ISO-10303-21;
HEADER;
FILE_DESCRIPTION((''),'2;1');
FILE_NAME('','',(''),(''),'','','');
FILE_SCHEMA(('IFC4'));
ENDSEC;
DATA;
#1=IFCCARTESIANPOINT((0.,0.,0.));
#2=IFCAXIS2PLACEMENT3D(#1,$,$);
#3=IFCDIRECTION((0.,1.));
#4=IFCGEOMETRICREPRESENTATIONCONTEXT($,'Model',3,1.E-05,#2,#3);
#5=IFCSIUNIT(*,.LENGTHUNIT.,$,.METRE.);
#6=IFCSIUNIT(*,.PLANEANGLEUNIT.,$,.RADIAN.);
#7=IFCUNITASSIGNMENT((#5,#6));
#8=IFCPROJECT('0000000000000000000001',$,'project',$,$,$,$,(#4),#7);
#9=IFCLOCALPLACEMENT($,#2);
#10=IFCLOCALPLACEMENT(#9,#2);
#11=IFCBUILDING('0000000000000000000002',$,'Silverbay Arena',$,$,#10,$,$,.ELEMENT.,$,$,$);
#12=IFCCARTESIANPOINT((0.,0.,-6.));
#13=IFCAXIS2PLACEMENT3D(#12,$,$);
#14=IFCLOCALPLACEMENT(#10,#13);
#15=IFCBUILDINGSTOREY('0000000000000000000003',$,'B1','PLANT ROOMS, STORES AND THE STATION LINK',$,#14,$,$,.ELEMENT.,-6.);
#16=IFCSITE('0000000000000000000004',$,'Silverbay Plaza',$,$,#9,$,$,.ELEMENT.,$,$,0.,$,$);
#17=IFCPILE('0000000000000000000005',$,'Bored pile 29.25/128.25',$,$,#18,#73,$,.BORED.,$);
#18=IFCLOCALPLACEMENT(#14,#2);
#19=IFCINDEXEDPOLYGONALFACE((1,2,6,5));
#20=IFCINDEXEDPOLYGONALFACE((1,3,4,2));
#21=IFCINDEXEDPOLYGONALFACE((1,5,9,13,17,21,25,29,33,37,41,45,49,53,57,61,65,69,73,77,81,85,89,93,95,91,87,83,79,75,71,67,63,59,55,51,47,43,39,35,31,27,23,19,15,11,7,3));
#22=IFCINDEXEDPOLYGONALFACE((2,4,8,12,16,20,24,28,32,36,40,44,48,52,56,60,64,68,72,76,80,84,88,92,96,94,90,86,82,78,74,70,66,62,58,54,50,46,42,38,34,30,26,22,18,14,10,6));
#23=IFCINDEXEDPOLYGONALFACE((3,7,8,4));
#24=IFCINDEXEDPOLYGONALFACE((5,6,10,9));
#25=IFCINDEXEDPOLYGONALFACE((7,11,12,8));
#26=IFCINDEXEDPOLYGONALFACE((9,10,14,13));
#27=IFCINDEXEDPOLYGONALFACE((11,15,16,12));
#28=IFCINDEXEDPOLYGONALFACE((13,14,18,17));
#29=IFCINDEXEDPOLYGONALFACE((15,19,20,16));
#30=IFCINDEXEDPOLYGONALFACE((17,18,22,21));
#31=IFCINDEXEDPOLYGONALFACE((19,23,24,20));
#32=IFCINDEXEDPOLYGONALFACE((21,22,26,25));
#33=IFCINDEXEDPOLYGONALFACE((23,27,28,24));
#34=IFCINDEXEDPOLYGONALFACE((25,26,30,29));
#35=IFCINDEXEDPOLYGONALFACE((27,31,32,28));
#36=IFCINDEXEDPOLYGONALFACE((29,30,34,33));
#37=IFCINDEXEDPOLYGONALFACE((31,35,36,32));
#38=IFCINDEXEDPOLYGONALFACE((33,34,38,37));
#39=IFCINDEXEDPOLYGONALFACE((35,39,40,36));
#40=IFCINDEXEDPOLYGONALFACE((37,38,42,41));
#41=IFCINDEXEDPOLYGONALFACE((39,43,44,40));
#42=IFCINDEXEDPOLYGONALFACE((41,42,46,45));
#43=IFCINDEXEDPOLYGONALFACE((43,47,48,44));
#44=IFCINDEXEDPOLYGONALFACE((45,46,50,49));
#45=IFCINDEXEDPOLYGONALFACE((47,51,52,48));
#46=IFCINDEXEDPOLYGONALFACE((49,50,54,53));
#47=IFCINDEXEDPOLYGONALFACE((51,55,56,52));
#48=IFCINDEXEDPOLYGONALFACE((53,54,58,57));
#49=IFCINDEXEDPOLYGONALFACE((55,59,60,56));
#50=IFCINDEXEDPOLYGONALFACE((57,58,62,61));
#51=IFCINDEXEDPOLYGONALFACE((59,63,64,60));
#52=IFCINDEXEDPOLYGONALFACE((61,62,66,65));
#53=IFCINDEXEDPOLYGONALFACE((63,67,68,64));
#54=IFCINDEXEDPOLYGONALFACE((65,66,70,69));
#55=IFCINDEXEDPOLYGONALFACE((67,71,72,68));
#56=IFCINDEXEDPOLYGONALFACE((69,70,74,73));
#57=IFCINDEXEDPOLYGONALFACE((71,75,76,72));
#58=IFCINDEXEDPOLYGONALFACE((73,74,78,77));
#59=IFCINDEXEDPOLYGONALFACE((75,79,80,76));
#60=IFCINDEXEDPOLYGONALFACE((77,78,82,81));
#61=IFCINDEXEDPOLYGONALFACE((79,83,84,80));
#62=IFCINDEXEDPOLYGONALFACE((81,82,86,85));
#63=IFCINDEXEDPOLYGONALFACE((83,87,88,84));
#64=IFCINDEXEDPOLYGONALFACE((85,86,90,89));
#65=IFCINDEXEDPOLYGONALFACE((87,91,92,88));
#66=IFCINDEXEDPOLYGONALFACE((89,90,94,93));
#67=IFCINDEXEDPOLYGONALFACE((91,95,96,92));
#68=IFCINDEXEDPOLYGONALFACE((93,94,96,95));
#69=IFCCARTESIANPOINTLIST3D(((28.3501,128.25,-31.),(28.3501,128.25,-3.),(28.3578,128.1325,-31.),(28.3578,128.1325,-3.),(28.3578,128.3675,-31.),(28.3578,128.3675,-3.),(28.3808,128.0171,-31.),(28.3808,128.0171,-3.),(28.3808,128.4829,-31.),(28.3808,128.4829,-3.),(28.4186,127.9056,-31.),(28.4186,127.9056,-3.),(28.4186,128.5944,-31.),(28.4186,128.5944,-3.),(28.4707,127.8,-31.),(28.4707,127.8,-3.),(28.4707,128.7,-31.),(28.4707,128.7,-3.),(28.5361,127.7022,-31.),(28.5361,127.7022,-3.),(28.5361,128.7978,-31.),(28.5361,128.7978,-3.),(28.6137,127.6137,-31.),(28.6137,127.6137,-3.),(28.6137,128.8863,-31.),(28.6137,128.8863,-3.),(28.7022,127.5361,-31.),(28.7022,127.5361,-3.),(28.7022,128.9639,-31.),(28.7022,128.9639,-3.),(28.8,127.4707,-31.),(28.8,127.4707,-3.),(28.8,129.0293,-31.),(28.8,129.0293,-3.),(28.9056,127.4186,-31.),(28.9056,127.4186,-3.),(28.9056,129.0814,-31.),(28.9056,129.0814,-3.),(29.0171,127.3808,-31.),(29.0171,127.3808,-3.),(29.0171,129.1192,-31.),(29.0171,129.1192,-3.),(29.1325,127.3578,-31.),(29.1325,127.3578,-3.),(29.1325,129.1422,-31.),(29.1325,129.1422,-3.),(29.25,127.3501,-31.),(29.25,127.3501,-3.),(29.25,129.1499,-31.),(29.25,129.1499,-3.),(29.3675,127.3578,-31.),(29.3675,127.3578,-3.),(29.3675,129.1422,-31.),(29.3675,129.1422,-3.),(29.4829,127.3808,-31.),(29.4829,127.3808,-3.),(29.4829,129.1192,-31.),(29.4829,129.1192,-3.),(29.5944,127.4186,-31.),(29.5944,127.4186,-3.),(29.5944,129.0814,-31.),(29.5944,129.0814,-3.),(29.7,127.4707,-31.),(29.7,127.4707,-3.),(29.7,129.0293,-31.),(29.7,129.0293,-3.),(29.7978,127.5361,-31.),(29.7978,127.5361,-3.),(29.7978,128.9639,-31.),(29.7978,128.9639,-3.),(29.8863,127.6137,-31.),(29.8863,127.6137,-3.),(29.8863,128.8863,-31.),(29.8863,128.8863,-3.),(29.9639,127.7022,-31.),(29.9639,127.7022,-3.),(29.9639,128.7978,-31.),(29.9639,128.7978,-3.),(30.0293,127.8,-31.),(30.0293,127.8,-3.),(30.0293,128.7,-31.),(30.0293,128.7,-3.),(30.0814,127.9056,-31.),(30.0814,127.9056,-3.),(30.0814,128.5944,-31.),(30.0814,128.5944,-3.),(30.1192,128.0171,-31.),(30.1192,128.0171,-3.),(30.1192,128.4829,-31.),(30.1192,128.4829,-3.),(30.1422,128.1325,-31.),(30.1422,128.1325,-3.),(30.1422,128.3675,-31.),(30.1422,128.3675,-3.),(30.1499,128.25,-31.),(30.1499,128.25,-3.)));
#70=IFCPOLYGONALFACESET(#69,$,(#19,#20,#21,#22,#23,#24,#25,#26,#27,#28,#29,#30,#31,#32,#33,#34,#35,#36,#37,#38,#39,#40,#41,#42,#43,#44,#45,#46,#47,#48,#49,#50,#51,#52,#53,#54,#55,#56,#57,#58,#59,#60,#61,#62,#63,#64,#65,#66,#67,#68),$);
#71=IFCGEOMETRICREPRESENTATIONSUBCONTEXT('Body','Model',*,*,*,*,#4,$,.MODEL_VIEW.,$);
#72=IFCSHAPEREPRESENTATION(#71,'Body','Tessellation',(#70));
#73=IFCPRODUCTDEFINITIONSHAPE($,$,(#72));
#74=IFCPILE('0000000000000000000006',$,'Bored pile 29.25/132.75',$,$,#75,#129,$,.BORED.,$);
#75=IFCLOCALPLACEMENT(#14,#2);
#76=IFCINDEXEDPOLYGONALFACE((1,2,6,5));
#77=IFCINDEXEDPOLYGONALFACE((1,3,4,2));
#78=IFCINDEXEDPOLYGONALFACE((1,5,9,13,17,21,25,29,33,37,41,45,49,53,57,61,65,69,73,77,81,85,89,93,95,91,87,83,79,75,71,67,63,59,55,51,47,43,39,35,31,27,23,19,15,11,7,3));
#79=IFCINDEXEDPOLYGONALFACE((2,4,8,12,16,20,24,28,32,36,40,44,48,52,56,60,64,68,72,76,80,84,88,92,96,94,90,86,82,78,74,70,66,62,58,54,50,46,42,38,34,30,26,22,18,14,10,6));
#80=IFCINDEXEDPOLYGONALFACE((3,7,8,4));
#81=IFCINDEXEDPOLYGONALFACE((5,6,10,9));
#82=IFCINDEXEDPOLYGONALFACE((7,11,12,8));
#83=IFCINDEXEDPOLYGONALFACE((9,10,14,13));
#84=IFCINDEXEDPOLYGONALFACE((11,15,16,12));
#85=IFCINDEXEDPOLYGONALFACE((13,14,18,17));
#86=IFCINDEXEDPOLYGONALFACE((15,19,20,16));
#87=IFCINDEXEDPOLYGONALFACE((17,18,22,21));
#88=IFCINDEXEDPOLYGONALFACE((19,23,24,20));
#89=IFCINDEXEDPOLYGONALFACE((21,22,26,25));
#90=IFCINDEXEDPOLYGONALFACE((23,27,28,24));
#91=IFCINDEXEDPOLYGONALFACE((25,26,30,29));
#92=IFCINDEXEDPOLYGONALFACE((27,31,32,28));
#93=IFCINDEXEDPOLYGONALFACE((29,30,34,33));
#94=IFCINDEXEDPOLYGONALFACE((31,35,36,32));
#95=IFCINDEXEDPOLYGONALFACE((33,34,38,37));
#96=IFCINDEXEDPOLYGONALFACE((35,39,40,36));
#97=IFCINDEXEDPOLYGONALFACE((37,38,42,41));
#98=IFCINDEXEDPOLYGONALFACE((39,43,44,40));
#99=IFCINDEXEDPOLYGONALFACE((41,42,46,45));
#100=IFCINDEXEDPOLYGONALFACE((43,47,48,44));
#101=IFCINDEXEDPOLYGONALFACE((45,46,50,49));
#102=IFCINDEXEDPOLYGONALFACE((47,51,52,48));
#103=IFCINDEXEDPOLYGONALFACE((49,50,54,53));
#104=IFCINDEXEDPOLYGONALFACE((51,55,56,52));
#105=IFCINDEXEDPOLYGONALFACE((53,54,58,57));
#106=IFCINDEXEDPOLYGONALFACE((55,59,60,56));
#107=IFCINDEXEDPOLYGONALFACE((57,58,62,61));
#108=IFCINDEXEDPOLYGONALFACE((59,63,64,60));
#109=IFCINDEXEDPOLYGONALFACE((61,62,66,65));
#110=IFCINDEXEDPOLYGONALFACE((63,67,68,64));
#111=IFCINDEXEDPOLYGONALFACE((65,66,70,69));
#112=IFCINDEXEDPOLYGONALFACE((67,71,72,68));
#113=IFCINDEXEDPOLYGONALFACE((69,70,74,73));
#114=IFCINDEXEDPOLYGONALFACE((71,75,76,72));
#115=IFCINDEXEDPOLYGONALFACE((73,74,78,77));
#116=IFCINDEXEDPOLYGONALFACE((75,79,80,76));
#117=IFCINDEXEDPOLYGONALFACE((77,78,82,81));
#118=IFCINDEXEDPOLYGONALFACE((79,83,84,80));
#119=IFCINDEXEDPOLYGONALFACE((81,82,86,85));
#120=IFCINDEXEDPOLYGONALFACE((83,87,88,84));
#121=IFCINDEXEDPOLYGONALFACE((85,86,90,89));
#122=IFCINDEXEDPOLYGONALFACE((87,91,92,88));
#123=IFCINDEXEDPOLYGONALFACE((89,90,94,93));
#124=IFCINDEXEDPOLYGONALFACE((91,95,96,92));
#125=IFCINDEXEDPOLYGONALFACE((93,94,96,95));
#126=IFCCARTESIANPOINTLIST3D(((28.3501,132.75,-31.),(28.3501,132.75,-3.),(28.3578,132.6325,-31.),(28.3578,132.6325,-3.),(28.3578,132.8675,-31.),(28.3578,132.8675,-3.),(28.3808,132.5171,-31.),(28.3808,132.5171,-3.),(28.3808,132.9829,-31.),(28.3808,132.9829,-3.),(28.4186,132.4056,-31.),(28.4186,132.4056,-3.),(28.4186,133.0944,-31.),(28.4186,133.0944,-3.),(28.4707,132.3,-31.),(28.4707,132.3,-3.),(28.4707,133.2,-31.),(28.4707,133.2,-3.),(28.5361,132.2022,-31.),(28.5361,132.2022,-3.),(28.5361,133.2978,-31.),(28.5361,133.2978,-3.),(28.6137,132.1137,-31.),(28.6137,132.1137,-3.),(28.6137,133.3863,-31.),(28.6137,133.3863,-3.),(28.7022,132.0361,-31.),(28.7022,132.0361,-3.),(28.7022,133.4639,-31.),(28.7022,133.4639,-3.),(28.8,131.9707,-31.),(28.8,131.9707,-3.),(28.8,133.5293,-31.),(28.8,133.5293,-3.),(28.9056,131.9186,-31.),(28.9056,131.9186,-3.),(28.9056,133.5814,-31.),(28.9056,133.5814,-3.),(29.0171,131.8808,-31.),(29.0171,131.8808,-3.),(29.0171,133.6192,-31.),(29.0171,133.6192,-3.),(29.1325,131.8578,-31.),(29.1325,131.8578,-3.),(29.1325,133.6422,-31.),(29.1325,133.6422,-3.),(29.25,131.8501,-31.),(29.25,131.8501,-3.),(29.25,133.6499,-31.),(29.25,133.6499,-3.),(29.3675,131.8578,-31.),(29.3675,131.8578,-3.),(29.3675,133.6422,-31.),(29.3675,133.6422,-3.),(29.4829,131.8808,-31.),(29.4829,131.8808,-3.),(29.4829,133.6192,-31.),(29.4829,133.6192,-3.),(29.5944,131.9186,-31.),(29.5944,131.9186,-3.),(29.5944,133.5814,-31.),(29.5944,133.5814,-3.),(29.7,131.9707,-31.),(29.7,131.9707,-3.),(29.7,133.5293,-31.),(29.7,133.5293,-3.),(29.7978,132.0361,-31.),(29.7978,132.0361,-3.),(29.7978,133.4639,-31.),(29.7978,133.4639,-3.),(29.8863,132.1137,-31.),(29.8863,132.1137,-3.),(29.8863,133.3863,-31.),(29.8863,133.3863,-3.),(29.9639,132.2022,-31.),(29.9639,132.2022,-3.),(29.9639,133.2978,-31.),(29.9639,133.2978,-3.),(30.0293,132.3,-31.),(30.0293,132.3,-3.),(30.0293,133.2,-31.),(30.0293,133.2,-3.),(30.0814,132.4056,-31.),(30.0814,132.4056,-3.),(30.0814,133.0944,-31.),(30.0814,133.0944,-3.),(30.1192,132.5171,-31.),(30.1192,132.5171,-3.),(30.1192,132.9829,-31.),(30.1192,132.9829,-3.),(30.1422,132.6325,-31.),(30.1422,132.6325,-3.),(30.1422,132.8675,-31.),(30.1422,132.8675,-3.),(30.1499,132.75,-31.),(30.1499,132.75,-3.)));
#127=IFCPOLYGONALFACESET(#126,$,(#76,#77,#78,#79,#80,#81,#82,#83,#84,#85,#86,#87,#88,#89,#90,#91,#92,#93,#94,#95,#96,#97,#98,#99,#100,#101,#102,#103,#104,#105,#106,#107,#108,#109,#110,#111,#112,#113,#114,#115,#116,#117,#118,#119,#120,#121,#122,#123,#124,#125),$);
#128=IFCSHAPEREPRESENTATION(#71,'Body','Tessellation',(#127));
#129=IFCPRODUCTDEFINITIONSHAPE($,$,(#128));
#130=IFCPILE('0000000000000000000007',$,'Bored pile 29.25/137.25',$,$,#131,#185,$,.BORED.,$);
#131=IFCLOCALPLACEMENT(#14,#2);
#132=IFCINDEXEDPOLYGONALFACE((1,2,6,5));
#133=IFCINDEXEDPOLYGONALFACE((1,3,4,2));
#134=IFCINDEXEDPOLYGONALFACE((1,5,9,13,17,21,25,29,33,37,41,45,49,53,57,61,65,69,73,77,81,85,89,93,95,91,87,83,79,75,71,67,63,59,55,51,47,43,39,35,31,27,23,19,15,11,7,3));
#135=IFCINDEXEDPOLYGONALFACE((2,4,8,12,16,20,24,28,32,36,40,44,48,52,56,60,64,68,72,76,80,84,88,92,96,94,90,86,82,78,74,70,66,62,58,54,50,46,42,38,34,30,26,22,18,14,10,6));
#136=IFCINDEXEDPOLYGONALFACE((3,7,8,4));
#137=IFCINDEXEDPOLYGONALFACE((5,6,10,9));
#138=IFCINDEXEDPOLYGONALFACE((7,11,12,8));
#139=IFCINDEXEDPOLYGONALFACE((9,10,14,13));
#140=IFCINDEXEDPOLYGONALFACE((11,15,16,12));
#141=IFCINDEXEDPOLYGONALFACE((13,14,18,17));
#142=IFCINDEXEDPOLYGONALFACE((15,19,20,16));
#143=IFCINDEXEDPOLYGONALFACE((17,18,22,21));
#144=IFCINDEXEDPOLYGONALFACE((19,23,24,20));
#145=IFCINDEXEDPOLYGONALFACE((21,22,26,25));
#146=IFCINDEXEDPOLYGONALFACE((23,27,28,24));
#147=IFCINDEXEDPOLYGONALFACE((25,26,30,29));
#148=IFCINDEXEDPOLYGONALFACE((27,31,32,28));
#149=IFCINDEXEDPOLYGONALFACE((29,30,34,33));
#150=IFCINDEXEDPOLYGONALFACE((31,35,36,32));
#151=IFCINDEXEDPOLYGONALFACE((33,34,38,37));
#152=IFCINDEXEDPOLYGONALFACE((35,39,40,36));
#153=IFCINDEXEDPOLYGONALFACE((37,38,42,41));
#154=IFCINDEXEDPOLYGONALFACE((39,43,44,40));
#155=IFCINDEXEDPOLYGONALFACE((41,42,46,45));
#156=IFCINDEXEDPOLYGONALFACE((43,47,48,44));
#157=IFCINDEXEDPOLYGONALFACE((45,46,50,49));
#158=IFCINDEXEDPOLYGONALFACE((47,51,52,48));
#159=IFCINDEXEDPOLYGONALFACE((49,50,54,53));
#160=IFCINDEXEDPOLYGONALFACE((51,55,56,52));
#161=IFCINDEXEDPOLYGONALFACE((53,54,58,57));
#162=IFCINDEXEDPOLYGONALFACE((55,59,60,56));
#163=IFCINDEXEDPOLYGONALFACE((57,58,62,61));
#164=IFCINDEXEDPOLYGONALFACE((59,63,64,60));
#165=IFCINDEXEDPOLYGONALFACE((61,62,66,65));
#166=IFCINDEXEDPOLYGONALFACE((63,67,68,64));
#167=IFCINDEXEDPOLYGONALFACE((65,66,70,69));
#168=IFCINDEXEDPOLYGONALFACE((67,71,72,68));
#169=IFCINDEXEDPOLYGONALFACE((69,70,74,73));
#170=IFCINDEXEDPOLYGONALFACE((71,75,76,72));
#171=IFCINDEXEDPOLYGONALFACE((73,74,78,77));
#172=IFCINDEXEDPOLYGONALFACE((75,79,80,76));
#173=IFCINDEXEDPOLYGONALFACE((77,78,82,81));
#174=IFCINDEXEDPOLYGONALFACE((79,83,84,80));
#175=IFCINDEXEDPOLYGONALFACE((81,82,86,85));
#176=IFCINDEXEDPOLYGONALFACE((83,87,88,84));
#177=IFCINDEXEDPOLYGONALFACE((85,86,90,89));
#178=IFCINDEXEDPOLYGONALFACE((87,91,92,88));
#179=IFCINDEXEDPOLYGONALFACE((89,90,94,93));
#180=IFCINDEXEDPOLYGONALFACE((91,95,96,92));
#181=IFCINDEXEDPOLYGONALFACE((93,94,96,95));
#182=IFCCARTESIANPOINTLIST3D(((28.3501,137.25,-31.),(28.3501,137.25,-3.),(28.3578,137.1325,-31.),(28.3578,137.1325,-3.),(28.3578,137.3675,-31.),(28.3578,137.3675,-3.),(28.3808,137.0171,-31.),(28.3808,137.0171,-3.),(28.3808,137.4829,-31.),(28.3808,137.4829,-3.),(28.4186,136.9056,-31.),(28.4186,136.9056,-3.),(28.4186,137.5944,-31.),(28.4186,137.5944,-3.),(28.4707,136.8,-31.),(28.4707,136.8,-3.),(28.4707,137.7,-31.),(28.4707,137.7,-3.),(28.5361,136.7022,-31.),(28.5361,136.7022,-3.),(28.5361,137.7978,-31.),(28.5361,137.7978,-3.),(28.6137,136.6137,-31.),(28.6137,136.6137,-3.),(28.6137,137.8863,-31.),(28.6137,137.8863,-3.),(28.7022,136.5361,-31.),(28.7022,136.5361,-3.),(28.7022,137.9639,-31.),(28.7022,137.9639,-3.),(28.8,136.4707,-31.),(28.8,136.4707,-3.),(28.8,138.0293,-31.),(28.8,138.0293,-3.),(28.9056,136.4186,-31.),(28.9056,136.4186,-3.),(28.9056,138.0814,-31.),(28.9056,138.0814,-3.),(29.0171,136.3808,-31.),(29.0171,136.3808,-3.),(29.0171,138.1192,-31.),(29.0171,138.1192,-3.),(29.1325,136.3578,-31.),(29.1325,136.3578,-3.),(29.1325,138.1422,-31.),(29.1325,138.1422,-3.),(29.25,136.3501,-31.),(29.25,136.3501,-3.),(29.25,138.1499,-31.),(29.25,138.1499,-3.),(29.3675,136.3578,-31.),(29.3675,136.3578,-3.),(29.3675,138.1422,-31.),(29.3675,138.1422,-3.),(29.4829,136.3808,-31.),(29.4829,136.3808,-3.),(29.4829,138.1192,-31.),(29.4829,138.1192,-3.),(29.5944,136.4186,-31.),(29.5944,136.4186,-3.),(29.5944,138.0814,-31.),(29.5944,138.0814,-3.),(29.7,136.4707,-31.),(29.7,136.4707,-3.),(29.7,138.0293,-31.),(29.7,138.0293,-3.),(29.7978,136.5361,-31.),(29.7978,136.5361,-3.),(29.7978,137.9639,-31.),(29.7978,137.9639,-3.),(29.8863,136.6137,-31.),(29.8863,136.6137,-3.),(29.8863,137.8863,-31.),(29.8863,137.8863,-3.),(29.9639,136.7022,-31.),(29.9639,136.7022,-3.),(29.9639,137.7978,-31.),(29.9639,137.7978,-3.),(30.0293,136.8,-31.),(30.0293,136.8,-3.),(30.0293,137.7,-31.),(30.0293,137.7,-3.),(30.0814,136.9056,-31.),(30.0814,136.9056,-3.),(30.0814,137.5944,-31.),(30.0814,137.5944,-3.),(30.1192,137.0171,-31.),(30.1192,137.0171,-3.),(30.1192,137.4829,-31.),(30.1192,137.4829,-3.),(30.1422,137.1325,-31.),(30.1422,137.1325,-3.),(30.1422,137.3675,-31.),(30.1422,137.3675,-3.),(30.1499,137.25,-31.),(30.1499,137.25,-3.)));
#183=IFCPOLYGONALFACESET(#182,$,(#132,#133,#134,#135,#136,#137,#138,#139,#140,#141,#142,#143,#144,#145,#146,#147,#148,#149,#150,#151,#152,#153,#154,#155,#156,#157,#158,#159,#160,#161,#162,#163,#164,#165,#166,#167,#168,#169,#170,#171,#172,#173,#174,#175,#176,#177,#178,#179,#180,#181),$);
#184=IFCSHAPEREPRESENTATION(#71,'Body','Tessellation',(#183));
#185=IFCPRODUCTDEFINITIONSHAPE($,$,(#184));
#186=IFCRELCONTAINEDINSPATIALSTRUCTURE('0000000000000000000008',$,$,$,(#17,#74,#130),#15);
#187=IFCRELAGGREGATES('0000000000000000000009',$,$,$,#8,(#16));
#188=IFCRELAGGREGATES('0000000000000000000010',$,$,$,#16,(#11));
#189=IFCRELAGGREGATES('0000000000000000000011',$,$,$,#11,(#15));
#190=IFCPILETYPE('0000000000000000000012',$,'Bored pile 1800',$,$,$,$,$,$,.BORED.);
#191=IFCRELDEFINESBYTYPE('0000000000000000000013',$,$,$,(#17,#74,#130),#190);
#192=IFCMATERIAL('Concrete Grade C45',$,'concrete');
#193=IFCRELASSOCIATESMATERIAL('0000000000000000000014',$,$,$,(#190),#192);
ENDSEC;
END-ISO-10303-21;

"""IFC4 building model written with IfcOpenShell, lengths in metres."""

from ifc_helpers import new_model, si_unit, direction, frame, origin, origin_2d, place, context, subcontext, project, spatial, circle, extrude, material, material_profile, profile_set, type_object, element, save


model = new_model("IFC4")

# Units and contexts
model_context = context("Model", 3, precision=1e-05, world=origin(), true_north=direction((0.0, 1.0)))
body_context = subcontext(model_context, "Body", "Model", "MODEL_VIEW")
ifc_project = project(units=[si_unit("LENGTHUNIT", "METRE"), si_unit("PLANEANGLEUNIT", "RADIAN")], contexts=[model_context])

# Site, building, storey
site_placement = place(None, origin())
site = spatial("IfcSite", under=ifc_project, at=site_placement, Name="Silverbay Plaza", CompositionType="ELEMENT", RefElevation=0.0)
building_placement = place(site_placement, origin())
building = spatial("IfcBuilding", under=site, at=building_placement, Name="Silverbay Arena", CompositionType="ELEMENT")
storey_placement = place(building_placement, frame((0.0, 0.0, -6.0)))
storey = spatial("IfcBuildingStorey", under=building, at=storey_placement, Name="B1", Description="PLANT ROOMS, STORES AND THE STATION LINK", CompositionType="ELEMENT", Elevation=-6.0)

# Piles
ifc_material_1 = material(Name="Concrete Grade C45", Category="concrete")
ifc_material_profile = material_profile(ifc_material_1, circle(Radius=0.8999, at=origin_2d()), Name="Bored pile 1800")
ifc_profile_set = profile_set([ifc_material_profile], Name="Concrete Grade C45")
pile_type = type_object("IfcPileType", Name="Bored pile 1800", PredefinedType="BORED", material=ifc_profile_set)
for number, where, z_axis, x_axis, name in (
    (1, (29.25, 128.25, -3.0), (0.0, 0.0, -1.0), (1.0, 0.0, 0.0), "Bored pile 29.25/128.25"),
    (2, (29.25, 132.75, -3.0), (0.0, 0.0, -1.0), (1.0, 0.0, 0.0), "Bored pile 29.25/132.75"),
    (3, (29.25, 137.25, -3.0), (0.0, 0.0, -1.0), (1.0, 0.0, 0.0), "Bored pile 29.25/137.25"),
):
    element("IfcPile", number, at=place(storey_placement, frame(where, z_axis=z_axis, x_axis=x_axis)), inside=storey, type_object=pile_type, Name=name, PredefinedType="BORED", context=body_context, shape_type="SweptSolid", body=[
        extrude(circle(Radius=0.8999, at=origin_2d()), origin(), (0.0, 0.0, 1.0), 28.0),
    ])

save(model, "model.ifc")
